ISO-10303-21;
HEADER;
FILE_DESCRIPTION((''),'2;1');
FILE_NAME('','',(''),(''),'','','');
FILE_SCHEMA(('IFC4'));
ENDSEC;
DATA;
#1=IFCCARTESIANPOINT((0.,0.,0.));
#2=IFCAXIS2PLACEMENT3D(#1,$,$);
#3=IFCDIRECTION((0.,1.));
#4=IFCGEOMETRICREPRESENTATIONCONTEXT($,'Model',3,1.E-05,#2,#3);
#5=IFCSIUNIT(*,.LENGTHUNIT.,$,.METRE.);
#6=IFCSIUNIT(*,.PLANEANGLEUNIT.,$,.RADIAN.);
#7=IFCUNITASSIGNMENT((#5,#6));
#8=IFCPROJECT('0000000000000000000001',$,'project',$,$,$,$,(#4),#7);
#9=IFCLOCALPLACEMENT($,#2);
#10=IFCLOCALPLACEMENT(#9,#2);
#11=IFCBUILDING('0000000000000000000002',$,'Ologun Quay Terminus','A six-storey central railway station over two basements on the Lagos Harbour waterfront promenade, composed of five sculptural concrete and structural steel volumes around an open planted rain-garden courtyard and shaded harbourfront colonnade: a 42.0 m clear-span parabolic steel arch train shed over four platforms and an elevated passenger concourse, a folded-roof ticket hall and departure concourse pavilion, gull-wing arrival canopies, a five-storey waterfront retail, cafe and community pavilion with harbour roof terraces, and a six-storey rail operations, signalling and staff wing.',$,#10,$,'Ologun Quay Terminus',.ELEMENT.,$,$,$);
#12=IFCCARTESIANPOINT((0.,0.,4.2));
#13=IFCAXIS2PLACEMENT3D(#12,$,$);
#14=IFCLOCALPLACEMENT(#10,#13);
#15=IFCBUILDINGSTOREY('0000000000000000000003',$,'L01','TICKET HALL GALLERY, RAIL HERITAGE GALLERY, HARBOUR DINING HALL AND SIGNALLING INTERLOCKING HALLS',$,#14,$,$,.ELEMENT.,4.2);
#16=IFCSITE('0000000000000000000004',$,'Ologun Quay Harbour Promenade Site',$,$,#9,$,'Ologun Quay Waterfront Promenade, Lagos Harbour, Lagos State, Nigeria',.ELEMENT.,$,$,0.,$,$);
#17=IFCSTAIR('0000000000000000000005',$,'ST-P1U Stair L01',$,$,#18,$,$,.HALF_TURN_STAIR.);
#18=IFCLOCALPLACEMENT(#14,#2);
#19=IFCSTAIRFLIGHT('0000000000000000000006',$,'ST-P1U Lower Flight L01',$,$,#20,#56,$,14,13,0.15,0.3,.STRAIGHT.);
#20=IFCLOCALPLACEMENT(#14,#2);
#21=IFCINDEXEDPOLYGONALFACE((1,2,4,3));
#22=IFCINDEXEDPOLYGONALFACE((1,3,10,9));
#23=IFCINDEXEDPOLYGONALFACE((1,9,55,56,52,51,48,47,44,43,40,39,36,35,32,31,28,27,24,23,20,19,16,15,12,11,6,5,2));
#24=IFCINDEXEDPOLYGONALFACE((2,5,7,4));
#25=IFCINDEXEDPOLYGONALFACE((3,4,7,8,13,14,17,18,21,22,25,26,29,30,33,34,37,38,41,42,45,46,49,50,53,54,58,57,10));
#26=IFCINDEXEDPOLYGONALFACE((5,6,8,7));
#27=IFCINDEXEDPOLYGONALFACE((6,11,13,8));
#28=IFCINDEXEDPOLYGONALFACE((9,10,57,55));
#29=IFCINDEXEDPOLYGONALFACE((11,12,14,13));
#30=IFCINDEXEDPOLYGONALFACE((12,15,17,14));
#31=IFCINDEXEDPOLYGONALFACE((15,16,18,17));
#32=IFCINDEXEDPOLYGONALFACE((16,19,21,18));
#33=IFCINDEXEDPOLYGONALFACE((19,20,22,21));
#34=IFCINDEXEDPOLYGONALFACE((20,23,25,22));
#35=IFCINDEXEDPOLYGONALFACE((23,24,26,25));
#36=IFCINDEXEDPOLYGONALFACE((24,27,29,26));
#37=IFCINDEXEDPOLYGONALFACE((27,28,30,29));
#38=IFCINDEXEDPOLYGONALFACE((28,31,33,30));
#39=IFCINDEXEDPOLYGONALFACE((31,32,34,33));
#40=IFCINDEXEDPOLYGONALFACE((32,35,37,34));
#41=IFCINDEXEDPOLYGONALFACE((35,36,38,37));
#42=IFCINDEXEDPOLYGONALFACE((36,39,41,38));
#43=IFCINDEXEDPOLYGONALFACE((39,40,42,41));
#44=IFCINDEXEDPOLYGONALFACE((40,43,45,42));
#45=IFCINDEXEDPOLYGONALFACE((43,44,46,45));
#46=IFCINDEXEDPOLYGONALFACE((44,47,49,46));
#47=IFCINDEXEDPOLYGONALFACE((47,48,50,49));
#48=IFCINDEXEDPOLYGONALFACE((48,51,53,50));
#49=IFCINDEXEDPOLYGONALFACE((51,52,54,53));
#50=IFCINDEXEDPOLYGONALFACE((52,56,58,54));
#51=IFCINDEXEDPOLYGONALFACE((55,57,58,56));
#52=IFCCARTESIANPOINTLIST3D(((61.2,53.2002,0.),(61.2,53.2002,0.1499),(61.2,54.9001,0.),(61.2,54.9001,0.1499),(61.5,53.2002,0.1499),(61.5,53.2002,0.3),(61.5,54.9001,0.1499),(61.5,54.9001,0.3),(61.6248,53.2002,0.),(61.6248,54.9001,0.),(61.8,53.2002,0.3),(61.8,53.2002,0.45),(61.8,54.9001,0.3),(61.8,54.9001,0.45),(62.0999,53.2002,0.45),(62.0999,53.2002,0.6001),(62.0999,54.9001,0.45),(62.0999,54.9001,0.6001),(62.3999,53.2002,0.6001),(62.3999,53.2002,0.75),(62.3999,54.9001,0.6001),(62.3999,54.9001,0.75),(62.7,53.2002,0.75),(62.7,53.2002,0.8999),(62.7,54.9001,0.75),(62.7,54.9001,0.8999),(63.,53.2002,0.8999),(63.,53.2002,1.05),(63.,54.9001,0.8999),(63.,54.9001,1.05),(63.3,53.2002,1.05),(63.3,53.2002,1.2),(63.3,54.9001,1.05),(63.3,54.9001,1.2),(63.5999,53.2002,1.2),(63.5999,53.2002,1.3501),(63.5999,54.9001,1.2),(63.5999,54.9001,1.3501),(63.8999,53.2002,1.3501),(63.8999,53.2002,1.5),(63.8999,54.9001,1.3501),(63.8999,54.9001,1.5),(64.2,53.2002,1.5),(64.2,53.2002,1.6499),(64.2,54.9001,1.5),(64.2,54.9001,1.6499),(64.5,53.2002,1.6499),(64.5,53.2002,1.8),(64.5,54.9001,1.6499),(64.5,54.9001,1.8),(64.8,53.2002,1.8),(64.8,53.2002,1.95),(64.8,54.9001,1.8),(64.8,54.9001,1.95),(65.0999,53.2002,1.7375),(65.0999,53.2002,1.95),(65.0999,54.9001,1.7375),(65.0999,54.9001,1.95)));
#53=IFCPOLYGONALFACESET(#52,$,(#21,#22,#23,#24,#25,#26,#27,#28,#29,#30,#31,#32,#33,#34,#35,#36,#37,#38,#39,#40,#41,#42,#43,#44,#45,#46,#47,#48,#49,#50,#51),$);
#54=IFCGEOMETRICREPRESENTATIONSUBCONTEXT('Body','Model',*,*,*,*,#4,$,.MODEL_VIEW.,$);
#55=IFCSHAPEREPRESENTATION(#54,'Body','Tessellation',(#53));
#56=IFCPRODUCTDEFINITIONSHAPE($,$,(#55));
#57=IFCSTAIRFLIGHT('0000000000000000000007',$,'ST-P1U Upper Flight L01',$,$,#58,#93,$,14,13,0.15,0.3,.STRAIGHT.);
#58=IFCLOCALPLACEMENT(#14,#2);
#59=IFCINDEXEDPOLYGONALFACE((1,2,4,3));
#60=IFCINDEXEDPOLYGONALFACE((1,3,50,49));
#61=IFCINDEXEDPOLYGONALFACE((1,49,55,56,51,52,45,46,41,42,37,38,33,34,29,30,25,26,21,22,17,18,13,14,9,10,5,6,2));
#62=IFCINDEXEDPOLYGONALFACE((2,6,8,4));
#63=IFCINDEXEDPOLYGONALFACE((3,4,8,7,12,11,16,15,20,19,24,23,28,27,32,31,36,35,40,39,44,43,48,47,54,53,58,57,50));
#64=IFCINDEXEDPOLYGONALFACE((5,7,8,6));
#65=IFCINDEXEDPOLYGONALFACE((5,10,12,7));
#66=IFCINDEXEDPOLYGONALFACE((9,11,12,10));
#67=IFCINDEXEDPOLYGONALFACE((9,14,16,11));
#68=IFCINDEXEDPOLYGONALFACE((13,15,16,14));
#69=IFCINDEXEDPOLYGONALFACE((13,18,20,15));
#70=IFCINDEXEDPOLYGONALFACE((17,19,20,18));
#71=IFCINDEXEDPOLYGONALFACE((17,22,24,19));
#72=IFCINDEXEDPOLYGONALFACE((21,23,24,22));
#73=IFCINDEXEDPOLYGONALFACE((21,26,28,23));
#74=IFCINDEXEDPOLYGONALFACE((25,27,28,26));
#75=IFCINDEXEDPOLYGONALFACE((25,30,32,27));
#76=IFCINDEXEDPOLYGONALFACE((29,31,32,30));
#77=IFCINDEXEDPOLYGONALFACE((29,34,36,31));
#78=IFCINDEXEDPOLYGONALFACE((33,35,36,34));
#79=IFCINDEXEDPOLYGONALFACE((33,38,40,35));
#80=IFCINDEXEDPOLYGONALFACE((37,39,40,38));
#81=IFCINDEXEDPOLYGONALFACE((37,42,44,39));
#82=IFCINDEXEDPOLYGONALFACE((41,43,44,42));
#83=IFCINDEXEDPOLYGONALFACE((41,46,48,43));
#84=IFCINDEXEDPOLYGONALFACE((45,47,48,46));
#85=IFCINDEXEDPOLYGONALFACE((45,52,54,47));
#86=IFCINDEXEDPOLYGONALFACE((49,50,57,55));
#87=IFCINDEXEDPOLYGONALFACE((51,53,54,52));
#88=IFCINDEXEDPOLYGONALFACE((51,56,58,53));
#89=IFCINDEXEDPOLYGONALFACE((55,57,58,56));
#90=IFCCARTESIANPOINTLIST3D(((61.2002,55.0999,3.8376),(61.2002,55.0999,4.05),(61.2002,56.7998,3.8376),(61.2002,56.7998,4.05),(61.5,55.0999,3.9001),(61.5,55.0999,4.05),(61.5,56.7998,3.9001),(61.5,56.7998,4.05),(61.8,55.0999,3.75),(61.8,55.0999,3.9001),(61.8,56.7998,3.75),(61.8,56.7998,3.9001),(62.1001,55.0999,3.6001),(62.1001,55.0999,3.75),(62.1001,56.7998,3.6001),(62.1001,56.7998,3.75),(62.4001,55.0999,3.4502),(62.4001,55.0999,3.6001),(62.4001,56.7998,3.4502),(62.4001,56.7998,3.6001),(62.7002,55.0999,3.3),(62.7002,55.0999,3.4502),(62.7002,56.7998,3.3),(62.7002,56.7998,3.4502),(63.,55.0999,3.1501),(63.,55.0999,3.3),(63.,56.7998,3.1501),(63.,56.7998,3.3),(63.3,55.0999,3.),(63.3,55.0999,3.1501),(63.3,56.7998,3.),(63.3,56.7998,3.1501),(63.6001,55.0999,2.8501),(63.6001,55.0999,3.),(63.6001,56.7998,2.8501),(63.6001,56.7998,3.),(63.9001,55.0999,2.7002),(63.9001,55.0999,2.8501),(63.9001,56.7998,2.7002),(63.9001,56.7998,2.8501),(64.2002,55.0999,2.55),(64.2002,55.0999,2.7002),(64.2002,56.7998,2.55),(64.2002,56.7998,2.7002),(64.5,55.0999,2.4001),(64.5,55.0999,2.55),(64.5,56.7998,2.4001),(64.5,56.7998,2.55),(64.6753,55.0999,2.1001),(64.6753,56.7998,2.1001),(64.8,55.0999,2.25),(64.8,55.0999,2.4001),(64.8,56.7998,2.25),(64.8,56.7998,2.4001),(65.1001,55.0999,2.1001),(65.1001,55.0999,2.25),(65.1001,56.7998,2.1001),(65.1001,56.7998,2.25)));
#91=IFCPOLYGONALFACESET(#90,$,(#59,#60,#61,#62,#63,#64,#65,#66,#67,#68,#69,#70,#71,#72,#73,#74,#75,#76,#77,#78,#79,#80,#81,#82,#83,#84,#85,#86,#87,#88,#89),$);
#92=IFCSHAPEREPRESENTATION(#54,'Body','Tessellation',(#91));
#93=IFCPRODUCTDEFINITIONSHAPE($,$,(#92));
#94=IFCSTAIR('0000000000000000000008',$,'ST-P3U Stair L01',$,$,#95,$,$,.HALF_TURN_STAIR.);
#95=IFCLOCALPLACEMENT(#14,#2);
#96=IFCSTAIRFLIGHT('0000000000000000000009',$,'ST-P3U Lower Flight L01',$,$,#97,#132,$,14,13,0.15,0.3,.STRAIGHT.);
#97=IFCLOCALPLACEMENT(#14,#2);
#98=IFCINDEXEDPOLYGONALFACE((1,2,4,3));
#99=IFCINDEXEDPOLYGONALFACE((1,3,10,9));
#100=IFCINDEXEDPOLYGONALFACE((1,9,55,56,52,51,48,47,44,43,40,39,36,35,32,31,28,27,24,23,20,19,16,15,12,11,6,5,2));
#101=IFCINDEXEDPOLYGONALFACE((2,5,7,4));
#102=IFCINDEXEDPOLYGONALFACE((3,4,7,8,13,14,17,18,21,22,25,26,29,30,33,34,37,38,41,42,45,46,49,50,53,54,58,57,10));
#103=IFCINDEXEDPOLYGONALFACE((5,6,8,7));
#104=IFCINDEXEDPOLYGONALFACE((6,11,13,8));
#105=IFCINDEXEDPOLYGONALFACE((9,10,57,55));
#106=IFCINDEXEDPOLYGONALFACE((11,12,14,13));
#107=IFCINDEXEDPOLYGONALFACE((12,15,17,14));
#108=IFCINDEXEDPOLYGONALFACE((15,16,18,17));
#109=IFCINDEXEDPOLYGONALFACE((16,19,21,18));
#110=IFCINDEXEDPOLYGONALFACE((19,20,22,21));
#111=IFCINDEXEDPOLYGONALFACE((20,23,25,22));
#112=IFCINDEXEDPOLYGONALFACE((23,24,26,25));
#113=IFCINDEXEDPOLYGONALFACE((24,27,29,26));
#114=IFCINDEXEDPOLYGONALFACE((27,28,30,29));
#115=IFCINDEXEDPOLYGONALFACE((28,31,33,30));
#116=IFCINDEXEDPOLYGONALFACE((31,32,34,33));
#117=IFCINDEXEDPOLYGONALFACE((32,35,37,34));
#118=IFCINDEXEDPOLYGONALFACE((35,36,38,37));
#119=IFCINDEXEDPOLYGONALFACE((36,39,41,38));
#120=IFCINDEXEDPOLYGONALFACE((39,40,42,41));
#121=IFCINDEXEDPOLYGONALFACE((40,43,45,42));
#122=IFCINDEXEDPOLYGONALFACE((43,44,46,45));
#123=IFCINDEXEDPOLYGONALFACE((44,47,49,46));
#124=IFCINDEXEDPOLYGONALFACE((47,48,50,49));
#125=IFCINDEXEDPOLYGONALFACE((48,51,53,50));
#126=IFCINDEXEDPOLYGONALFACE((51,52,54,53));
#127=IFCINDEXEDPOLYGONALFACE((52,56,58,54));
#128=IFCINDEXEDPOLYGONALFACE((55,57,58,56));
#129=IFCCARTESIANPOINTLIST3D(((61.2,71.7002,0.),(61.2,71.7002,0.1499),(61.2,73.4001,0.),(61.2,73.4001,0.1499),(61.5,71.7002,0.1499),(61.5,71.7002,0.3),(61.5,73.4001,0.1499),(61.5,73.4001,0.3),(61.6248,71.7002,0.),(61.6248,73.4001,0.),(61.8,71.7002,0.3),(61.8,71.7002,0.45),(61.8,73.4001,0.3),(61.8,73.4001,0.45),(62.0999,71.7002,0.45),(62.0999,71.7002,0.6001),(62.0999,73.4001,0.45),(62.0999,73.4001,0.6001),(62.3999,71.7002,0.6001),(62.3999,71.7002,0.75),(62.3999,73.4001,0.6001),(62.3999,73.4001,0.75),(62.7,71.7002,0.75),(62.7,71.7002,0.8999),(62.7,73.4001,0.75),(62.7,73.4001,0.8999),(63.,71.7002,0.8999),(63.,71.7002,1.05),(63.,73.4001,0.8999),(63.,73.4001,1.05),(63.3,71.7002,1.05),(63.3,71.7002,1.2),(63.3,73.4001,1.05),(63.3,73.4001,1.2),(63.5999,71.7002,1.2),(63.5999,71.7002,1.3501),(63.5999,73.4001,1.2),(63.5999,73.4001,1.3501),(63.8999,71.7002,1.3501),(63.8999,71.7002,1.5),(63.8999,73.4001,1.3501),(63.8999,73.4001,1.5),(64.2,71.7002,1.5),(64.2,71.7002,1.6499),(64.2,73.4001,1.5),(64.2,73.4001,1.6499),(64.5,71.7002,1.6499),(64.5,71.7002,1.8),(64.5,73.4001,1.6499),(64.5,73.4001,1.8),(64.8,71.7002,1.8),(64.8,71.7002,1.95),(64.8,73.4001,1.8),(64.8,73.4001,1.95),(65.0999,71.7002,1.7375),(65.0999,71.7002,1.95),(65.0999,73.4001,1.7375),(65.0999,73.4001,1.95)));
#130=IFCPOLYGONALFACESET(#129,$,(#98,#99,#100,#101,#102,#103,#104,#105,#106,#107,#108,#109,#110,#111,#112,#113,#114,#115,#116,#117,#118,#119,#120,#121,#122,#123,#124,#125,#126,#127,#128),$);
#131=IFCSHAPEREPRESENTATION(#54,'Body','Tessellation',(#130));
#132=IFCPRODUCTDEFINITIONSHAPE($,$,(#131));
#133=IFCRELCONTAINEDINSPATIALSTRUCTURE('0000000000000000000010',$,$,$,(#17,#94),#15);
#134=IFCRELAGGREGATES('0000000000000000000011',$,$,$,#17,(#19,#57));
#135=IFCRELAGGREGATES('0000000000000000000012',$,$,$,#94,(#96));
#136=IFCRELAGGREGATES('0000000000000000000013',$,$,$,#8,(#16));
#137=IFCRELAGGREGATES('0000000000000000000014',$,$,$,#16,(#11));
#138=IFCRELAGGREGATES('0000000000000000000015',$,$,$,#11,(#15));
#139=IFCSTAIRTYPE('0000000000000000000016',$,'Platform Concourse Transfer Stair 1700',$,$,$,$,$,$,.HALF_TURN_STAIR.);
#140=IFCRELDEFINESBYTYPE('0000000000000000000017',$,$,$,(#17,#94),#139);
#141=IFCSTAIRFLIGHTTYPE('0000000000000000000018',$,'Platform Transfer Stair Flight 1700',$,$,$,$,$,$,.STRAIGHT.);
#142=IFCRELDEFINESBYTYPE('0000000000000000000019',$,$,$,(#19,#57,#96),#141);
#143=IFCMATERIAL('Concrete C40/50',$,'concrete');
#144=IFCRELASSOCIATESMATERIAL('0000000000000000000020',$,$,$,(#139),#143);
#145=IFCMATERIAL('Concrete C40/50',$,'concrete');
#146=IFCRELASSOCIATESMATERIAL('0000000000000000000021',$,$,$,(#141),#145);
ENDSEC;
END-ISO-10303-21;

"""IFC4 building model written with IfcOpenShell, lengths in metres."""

from ifc_helpers import new_model, si_unit, direction, frame, origin, place, context, subcontext, project, spatial, polyline, outline, extrude, material, type_object, element, aggregate, save


model = new_model("IFC4")

# Units and contexts
model_context = context("Model", 3, precision=1e-05, world=origin(), true_north=direction((0.0, 1.0)))
body_context = subcontext(model_context, "Body", "Model", "MODEL_VIEW")
ifc_project = project(units=[si_unit("LENGTHUNIT", "METRE"), si_unit("PLANEANGLEUNIT", "RADIAN")], contexts=[model_context])

# Site, building, storey
site_placement = place(None, origin())
site = spatial("IfcSite", under=ifc_project, at=site_placement, Name="Ologun Quay Harbour Promenade Site", LongName="Ologun Quay Waterfront Promenade, Lagos Harbour, Lagos State, Nigeria", CompositionType="ELEMENT", RefElevation=0.0)
building_placement = place(site_placement, origin())
building = spatial("IfcBuilding", under=site, at=building_placement, Name="Ologun Quay Terminus", Description="A six-storey central railway station over two basements on the Lagos Harbour waterfront promenade, composed of five sculptural concrete and structural steel volumes around an open planted rain-garden courtyard and shaded harbourfront colonnade: a 42.0 m clear-span parabolic steel arch train shed over four platforms and an elevated passenger concourse, a folded-roof ticket hall and departure concourse pavilion, gull-wing arrival canopies, a five-storey waterfront retail, cafe and community pavilion with harbour roof terraces, and a six-storey rail operations, signalling and staff wing.", LongName="Ologun Quay Terminus", CompositionType="ELEMENT")
storey_placement = place(building_placement, frame((0.0, 0.0, 4.2)))
storey = spatial("IfcBuildingStorey", under=building, at=storey_placement, Name="L01", Description="TICKET HALL GALLERY, RAIL HERITAGE GALLERY, HARBOUR DINING HALL AND SIGNALLING INTERLOCKING HALLS", CompositionType="ELEMENT", Elevation=4.2)

# Stair, stair flights
ifc_material_1 = material(Name="Concrete C40/50", Category="concrete")
stair_type = type_object("IfcStairType", Name="Platform Concourse Transfer Stair 1700", PredefinedType="HALF_TURN_STAIR", material=ifc_material_1)
stair_1_placement = place(storey_placement, origin())
stair_1 = element("IfcStair", 1, at=stair_1_placement, inside=storey, type_object=stair_type, Name="ST-P1U Stair L01", PredefinedType="HALF_TURN_STAIR")
ifc_material_2 = material(Name="Concrete C40/50", Category="concrete")
stair_flight_type = type_object("IfcStairFlightType", Name="Platform Transfer Stair Flight 1700", PredefinedType="STRAIGHT", material=ifc_material_2)
stair_flight_1_placement = place(storey_placement, frame((61.2, 54.05, 0.0), z_axis=(0.0, 0.0, 1.0), x_axis=(1.0, 0.0, 0.0)))
stair_flight_1 = element("IfcStairFlight", 2, at=stair_flight_1_placement, type_object=stair_flight_type, Name="ST-P1U Lower Flight L01", NumberOfRisers=14, NumberOfTreads=13, PredefinedType="STRAIGHT", RiserHeight=0.15, TreadLength=0.3, context=body_context, shape_type="SweptSolid", body=[
    extrude(outline(polyline([(0.0, 0.0), (0.0, 0.1499), (0.3, 0.1499), (0.3, 0.3), (0.6001, 0.3), (0.6001, 0.45), (0.8999, 0.45), (0.8999, 0.6001), (1.2, 0.6001), (1.2, 0.75), (1.5, 0.75), (1.5, 0.8999), (1.8, 0.8999), (1.8, 1.05), (2.1001, 1.05), (2.1001, 1.2), (2.3999, 1.2), (2.3999, 1.3501), (2.7, 1.3501), (2.7, 1.5), (3.0, 1.5), (3.0, 1.6499), (3.3, 1.6499), (3.3, 1.8), (3.6001, 1.8), (3.6001, 1.95), (3.8999, 1.95), (3.8999, 2.1001), (3.8999, 1.7375), (0.4248, 0.0), (0.0, 0.0)])), frame((0.0, 0.8501, 0.0), z_axis=(0.0, -1.0, 0.0), x_axis=(1.0, 0.0, 0.0)), (0.0, 0.0, 1.0), 1.7),
])
stair_flight_2_placement = place(storey_placement, frame((65.1001, 55.95, 2.1001), z_axis=(0.0, 0.0, 1.0), x_axis=(-1.0, 0.0, 0.0)))
stair_flight_2 = element("IfcStairFlight", 3, at=stair_flight_2_placement, type_object=stair_flight_type, Name="ST-P1U Upper Flight L01", NumberOfRisers=14, NumberOfTreads=13, PredefinedType="STRAIGHT", RiserHeight=0.15, TreadLength=0.3, context=body_context, shape_type="SweptSolid", body=[
    extrude(outline(polyline([(0.0, 0.0), (0.0, 0.1499), (0.3, 0.1499), (0.3, 0.3), (0.6001, 0.3), (0.6001, 0.45), (0.8999, 0.45), (0.8999, 0.6001), (1.2, 0.6001), (1.2, 0.75), (1.5, 0.75), (1.5, 0.8999), (1.8, 0.8999), (1.8, 1.05), (2.1001, 1.05), (2.1001, 1.2), (2.3999, 1.2), (2.3999, 1.3501), (2.7, 1.3501), (2.7, 1.5), (3.0, 1.5), (3.0, 1.6499), (3.3, 1.6499), (3.3, 1.8), (3.6001, 1.8), (3.6001, 1.95), (3.8999, 1.95), (3.8999, 2.1001), (3.8999, 1.7375), (0.4248, 0.0), (0.0, 0.0)])), frame((0.0, 0.8501, 0.0), z_axis=(0.0, -1.0, 0.0), x_axis=(1.0, 0.0, 0.0)), (0.0, 0.0, 1.0), 1.7),
])
aggregate(stair_1, [stair_flight_1, stair_flight_2])

# Stair, stair flight
stair_2_placement = place(storey_placement, origin())
stair_2 = element("IfcStair", 4, at=stair_2_placement, inside=storey, type_object=stair_type, Name="ST-P3U Stair L01", PredefinedType="HALF_TURN_STAIR")
stair_flight_3_placement = place(storey_placement, frame((61.2, 72.55, 0.0), z_axis=(0.0, 0.0, 1.0), x_axis=(1.0, 0.0, 0.0)))
stair_flight_3 = element("IfcStairFlight", 5, at=stair_flight_3_placement, type_object=stair_flight_type, Name="ST-P3U Lower Flight L01", NumberOfRisers=14, NumberOfTreads=13, PredefinedType="STRAIGHT", RiserHeight=0.15, TreadLength=0.3, context=body_context, shape_type="SweptSolid", body=[
    extrude(outline(polyline([(0.0, 0.0), (0.0, 0.1499), (0.3, 0.1499), (0.3, 0.3), (0.6001, 0.3), (0.6001, 0.45), (0.8999, 0.45), (0.8999, 0.6001), (1.2, 0.6001), (1.2, 0.75), (1.5, 0.75), (1.5, 0.8999), (1.8, 0.8999), (1.8, 1.05), (2.1001, 1.05), (2.1001, 1.2), (2.3999, 1.2), (2.3999, 1.3501), (2.7, 1.3501), (2.7, 1.5), (3.0, 1.5), (3.0, 1.6499), (3.3, 1.6499), (3.3, 1.8), (3.6001, 1.8), (3.6001, 1.95), (3.8999, 1.95), (3.8999, 2.1001), (3.8999, 1.7375), (0.4248, 0.0), (0.0, 0.0)])), frame((0.0, 0.8501, 0.0), z_axis=(0.0, -1.0, 0.0), x_axis=(1.0, 0.0, 0.0)), (0.0, 0.0, 1.0), 1.7),
])
aggregate(stair_2, [stair_flight_3])

save(model, "model.ifc")
